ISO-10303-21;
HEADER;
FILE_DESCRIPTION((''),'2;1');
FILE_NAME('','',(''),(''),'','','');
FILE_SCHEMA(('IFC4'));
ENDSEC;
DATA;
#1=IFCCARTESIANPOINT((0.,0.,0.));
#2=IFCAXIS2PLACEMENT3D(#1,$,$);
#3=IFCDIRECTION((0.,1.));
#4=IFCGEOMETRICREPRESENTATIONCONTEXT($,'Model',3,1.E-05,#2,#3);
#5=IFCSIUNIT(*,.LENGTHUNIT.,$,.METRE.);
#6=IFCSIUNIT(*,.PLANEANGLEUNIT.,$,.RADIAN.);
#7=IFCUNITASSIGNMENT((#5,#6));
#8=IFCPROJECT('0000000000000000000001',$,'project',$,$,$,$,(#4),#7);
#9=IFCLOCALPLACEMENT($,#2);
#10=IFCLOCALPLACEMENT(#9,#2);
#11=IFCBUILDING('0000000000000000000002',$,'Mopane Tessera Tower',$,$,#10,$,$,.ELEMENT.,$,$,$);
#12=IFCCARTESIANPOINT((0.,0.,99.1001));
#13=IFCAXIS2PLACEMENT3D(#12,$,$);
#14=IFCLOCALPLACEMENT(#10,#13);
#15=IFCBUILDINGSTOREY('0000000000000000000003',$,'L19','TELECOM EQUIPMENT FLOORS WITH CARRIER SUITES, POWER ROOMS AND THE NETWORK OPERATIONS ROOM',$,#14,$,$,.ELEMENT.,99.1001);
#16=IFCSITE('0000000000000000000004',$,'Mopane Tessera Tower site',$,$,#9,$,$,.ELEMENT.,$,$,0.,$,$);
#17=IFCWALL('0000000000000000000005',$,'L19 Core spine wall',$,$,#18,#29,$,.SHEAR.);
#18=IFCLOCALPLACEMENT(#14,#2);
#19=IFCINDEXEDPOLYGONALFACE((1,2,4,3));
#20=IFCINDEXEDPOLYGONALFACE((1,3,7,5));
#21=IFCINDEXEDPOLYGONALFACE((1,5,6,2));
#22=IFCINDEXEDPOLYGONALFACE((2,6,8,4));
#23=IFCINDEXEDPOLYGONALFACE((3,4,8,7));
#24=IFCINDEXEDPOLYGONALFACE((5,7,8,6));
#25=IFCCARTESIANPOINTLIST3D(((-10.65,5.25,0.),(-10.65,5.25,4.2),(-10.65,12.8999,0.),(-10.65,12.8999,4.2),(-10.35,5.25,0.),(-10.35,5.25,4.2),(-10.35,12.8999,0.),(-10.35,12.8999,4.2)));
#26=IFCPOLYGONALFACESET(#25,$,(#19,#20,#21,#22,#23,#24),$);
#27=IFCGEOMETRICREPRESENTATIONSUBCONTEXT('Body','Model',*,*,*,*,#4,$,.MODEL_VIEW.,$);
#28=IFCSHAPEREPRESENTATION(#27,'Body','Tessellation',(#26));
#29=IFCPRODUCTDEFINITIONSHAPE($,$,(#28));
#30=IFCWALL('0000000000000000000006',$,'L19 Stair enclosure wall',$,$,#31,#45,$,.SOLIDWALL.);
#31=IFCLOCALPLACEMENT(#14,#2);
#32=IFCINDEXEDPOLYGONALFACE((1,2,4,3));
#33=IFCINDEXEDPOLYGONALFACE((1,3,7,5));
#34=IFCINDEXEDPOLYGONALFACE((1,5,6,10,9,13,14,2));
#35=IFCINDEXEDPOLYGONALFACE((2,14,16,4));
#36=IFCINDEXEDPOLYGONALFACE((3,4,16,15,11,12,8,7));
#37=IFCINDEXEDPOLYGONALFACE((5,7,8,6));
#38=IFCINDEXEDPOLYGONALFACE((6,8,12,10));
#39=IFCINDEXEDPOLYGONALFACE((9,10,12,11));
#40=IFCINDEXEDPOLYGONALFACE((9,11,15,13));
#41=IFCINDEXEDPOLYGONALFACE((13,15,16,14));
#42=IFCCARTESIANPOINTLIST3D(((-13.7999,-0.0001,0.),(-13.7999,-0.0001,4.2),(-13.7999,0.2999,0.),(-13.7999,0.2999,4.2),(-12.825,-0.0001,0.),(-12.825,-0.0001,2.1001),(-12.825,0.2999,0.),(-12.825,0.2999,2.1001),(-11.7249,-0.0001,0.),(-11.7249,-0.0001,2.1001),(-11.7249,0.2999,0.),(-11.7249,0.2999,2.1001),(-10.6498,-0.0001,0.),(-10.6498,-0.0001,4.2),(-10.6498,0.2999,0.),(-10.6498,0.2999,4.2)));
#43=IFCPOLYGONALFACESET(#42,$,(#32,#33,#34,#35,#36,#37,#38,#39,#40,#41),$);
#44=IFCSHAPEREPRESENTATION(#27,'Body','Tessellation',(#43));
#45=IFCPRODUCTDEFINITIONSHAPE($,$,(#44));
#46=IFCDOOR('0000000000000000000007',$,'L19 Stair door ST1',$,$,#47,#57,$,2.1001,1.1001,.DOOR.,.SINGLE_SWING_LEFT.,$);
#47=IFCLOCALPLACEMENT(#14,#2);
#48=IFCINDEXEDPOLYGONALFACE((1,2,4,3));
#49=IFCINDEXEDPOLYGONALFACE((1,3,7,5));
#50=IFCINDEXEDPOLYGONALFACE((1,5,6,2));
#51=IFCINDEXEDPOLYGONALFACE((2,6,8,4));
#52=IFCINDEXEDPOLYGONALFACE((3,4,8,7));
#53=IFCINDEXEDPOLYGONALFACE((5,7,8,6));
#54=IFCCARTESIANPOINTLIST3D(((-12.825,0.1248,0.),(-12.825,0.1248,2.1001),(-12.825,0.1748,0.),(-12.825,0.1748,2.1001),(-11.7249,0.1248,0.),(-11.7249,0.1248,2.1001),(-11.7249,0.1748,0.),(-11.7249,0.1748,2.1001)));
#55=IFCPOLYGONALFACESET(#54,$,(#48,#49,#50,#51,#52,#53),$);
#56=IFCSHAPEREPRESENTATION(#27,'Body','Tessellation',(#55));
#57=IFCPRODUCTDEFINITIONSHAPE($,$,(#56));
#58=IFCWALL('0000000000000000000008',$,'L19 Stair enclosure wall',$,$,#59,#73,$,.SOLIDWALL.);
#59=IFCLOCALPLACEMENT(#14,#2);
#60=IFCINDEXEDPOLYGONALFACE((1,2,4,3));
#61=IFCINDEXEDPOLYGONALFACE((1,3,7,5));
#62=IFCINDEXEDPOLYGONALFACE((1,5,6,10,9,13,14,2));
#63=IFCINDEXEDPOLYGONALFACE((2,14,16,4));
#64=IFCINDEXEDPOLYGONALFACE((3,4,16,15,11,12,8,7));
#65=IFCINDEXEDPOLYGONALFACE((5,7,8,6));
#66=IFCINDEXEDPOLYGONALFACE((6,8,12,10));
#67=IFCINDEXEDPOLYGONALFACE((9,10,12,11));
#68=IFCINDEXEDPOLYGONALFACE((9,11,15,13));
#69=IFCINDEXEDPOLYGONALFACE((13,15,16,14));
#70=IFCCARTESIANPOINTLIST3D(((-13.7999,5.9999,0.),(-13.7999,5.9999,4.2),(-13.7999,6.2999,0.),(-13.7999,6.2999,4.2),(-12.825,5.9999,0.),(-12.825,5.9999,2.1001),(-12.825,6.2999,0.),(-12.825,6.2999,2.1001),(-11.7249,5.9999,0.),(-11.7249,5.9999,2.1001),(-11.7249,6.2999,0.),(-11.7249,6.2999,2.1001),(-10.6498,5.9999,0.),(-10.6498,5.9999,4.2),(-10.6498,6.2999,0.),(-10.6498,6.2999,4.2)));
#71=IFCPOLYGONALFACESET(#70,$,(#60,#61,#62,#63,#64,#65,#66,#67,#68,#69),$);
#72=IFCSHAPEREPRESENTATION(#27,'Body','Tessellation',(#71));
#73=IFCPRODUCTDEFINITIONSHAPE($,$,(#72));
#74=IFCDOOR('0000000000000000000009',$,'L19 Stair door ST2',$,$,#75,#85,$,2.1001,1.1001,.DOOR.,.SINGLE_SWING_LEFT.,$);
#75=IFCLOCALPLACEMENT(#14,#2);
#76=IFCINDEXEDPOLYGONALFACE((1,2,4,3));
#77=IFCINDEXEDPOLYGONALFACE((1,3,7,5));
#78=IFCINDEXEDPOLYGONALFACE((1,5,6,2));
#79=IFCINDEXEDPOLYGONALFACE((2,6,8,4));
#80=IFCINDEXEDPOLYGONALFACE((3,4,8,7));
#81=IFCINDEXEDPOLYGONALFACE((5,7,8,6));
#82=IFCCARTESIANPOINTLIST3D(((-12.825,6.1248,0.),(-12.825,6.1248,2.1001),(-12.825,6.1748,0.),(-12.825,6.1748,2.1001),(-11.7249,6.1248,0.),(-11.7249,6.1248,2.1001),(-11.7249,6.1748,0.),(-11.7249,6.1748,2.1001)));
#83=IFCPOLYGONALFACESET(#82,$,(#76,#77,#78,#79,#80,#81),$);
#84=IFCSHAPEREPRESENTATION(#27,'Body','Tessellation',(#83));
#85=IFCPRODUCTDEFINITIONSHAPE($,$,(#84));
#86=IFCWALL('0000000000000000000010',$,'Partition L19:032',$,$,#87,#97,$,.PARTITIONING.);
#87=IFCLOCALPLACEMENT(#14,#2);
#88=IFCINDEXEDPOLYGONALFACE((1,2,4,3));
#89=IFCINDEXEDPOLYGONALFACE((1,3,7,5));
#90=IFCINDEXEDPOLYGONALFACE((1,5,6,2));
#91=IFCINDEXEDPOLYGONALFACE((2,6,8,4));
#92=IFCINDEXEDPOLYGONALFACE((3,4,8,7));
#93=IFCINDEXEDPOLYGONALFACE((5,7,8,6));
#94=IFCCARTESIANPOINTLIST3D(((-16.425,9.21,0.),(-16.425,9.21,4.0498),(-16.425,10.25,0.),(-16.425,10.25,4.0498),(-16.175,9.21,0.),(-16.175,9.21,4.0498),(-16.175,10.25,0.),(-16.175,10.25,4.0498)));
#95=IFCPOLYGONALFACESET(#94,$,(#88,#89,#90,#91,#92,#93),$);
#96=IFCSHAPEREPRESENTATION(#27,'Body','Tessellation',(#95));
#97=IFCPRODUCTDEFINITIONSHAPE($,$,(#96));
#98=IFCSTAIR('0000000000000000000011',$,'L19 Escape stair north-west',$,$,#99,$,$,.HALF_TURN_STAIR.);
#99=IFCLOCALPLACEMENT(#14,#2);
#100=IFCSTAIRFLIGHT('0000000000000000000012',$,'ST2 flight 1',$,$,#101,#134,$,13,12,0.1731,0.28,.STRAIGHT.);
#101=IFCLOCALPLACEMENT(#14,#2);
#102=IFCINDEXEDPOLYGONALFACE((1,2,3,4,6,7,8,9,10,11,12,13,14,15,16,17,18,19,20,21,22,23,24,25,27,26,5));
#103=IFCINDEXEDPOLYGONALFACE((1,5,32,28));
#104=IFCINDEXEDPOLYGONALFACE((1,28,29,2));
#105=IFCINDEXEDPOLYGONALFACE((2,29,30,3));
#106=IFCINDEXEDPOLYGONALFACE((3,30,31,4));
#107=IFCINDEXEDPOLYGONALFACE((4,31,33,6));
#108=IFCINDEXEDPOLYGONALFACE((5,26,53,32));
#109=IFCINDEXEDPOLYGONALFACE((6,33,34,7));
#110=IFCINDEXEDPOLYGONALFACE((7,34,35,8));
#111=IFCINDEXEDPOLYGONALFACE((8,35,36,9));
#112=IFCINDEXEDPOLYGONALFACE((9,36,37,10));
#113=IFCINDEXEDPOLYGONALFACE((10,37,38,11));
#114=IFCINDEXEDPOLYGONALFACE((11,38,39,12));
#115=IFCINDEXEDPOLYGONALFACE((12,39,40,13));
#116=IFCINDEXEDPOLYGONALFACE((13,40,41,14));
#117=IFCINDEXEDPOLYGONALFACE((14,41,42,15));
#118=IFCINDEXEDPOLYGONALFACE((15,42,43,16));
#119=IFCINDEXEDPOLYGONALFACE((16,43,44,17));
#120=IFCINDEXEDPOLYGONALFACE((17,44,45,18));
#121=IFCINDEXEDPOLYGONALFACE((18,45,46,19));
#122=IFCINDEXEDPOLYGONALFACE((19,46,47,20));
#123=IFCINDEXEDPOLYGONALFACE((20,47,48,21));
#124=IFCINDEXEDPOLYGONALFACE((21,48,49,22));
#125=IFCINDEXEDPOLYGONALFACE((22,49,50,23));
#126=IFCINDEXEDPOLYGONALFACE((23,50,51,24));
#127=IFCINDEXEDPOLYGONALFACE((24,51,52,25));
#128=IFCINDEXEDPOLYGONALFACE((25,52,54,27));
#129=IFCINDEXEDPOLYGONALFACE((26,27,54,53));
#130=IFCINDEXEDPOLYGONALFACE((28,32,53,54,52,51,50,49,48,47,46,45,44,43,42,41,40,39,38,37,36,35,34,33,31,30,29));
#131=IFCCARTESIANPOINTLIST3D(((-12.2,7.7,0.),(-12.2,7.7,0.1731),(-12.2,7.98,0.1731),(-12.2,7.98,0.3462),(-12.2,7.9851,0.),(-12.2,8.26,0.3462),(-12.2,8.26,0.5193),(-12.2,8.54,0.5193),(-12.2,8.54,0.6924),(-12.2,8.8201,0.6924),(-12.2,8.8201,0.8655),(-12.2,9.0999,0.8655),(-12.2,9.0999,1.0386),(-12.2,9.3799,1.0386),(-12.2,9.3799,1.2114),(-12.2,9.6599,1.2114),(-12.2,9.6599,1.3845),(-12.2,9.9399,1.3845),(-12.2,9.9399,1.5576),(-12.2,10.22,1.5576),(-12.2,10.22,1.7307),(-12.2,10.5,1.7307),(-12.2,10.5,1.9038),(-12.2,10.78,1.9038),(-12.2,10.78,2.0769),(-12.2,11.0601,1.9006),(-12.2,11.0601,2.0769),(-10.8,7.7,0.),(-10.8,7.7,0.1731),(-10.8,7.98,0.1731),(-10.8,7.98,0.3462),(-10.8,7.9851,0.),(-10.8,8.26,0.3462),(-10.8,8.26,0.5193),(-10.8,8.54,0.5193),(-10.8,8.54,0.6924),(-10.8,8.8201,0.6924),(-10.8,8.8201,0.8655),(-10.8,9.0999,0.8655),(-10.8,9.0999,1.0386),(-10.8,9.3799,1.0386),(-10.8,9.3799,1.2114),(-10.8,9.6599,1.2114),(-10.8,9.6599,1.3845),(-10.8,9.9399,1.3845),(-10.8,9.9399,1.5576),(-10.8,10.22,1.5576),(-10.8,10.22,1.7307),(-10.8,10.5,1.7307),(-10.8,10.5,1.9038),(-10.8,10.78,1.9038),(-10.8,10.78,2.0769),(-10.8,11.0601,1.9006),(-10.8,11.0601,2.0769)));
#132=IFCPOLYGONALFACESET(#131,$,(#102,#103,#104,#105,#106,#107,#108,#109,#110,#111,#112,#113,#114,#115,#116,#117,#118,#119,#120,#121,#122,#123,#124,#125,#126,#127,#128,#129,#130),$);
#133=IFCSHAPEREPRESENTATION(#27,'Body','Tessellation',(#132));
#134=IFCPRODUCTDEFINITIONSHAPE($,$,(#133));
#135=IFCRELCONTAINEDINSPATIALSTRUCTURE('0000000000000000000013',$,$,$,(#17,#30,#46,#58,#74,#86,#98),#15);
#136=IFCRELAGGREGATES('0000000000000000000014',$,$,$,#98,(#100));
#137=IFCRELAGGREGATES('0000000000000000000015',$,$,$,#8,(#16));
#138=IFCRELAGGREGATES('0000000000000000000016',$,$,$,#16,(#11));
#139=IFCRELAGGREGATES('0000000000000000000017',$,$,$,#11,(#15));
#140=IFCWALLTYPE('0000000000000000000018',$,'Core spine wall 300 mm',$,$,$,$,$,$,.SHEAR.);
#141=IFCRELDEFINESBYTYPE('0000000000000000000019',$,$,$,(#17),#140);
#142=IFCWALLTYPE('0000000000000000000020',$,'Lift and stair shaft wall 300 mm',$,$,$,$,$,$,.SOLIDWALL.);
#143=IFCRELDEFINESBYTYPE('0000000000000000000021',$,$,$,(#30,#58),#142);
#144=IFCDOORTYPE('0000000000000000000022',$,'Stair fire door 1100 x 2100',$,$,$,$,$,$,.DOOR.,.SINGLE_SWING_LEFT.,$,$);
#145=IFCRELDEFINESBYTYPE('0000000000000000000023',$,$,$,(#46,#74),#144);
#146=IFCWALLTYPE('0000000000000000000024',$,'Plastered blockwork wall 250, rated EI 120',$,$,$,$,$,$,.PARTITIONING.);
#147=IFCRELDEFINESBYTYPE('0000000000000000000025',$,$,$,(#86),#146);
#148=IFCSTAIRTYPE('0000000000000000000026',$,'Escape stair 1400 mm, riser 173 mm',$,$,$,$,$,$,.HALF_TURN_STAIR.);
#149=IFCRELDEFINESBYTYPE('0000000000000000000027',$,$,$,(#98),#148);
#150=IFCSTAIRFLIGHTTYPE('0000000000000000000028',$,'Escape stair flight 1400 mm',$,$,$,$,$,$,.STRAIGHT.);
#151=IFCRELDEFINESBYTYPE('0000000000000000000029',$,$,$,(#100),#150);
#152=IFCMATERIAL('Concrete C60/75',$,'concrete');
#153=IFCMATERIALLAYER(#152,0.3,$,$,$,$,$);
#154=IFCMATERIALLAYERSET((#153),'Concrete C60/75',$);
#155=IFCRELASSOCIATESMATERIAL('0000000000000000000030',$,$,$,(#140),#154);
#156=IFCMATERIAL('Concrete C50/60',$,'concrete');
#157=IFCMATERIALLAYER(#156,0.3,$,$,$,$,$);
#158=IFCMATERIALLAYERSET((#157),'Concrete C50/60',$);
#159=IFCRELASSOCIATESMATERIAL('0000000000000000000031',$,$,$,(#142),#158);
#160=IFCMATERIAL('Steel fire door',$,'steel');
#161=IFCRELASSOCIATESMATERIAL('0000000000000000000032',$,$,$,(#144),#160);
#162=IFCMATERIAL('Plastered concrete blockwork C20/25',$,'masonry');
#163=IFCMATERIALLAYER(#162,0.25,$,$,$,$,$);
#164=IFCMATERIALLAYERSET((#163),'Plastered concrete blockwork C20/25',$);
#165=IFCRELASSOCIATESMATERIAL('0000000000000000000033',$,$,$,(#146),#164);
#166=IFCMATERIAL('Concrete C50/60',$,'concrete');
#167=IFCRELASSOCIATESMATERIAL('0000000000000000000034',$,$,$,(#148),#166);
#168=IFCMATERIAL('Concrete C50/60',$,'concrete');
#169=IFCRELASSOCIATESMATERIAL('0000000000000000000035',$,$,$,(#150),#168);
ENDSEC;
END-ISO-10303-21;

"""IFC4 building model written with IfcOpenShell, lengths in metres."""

from ifc_helpers import new_model, si_unit, direction, frame, frame_2d, origin, place, context, subcontext, project, spatial, polyline, rectangle, outline, extrude, material, layer, layer_set, type_object, element, fill, aggregate, save


model = new_model("IFC4")

# Units and contexts
model_context = context("Model", 3, precision=1e-05, world=origin(), true_north=direction((0.0, 1.0)))
body_context = subcontext(model_context, "Body", "Model", "MODEL_VIEW")
ifc_project = project(units=[si_unit("LENGTHUNIT", "METRE"), si_unit("PLANEANGLEUNIT", "RADIAN")], contexts=[model_context])

# Site, building, storey
site_placement = place(None, origin())
site = spatial("IfcSite", under=ifc_project, at=site_placement, Name="Mopane Tessera Tower site", CompositionType="ELEMENT", RefElevation=0.0)
building_placement = place(site_placement, origin())
building = spatial("IfcBuilding", under=site, at=building_placement, Name="Mopane Tessera Tower", CompositionType="ELEMENT")
storey_placement = place(building_placement, frame((0.0, 0.0, 99.1001)))
storey = spatial("IfcBuildingStorey", under=building, at=storey_placement, Name="L19", Description="TELECOM EQUIPMENT FLOORS WITH CARRIER SUITES, POWER ROOMS AND THE NETWORK OPERATIONS ROOM", CompositionType="ELEMENT", Elevation=99.1001)

# Wall
ifc_material_1 = material(Name="Concrete C60/75", Category="concrete")
ifc_layer_1 = layer(ifc_material_1, 0.3)
ifc_layer_set_1 = layer_set([ifc_layer_1], Name="Concrete C60/75")
wall_type_1 = type_object("IfcWallType", Name="Core spine wall 300 mm", PredefinedType="SHEAR", material=ifc_layer_set_1)
wall_1_placement = place(storey_placement, frame((-10.5, 5.25, 0.0), z_axis=(0.0, 0.0, 1.0), x_axis=(0.0, 1.0, 0.0)))
element("IfcWall", 1, at=wall_1_placement, inside=storey, type_object=wall_type_1, Name="L19 Core spine wall", PredefinedType="SHEAR", context=body_context, shape_type="SweptSolid", body=[
    extrude(rectangle(XDim=7.6499, YDim=0.3, at=frame_2d((3.825, 0.0))), origin(), (0.0, 0.0, 1.0), 4.2),
])

# Walls, openings, doors
ifc_material_2 = material(Name="Concrete C50/60", Category="concrete")
ifc_layer_2 = layer(ifc_material_2, 0.3)
ifc_layer_set_2 = layer_set([ifc_layer_2], Name="Concrete C50/60")
wall_type_2 = type_object("IfcWallType", Name="Lift and stair shaft wall 300 mm", PredefinedType="SOLIDWALL", material=ifc_layer_set_2)
wall_2_placement = place(storey_placement, frame((-13.8, 0.1499, 0.0), z_axis=(0.0, 0.0, 1.0), x_axis=(1.0, 0.0, 0.0)))
wall_2 = element("IfcWall", 2, at=wall_2_placement, inside=storey, type_object=wall_type_2, Name="L19 Stair enclosure wall", PredefinedType="SOLIDWALL", context=body_context, shape_type="SweptSolid", body=[
    extrude(rectangle(XDim=3.1501, YDim=0.3, at=frame_2d((1.5752, 0.0))), origin(), (0.0, 0.0, 1.0), 4.2),
])
opening_1_placement = place(wall_2_placement, frame((0.9751, 0.0, 0.0)))
opening_1 = element("IfcOpeningElement", 3, at=opening_1_placement, cuts=wall_2, PredefinedType="OPENING", context=body_context, shape_type="SweptSolid", body=[
    extrude(rectangle(XDim=1.1001, YDim=2.1001, at=frame_2d((0.55, 1.05))), frame((0.0, 0.1621, 0.0), z_axis=(0.0, -1.0, 0.0), x_axis=(1.0, 0.0, 0.0)), (0.0, 0.0, 1.0), 0.324),
])
ifc_material_3 = material(Name="Steel fire door", Category="steel")
door_type = type_object("IfcDoorType", Name="Stair fire door 1100 x 2100", OperationType="SINGLE_SWING_LEFT", PredefinedType="DOOR", material=ifc_material_3)
door_1_placement = place(opening_1_placement, origin())
door_1 = element("IfcDoor", 4, at=door_1_placement, inside=storey, type_object=door_type, Name="L19 Stair door ST1", OperationType="SINGLE_SWING_LEFT", OverallHeight=2.1001, OverallWidth=1.1001, PredefinedType="DOOR", context=body_context, shape_type="SweptSolid", body=[
    extrude(rectangle(XDim=1.1001, YDim=2.1001, at=frame_2d((0.55, 1.05))), frame((0.0, 0.0249, 0.0), z_axis=(0.0, -1.0, 0.0), x_axis=(1.0, 0.0, 0.0)), (0.0, 0.0, 1.0), 0.05),
])
fill(opening_1, door_1)
wall_3_placement = place(storey_placement, frame((-13.8, 6.1499, 0.0), z_axis=(0.0, 0.0, 1.0), x_axis=(1.0, 0.0, 0.0)))
wall_3 = element("IfcWall", 5, at=wall_3_placement, inside=storey, type_object=wall_type_2, Name="L19 Stair enclosure wall", PredefinedType="SOLIDWALL", context=body_context, shape_type="SweptSolid", body=[
    extrude(rectangle(XDim=3.1501, YDim=0.3, at=frame_2d((1.5752, 0.0))), origin(), (0.0, 0.0, 1.0), 4.2),
])
opening_2_placement = place(wall_3_placement, frame((0.9751, 0.0, 0.0)))
opening_2 = element("IfcOpeningElement", 6, at=opening_2_placement, cuts=wall_3, PredefinedType="OPENING", context=body_context, shape_type="SweptSolid", body=[
    extrude(rectangle(XDim=1.1001, YDim=2.1001, at=frame_2d((0.55, 1.05))), frame((0.0, 0.1621, 0.0), z_axis=(0.0, -1.0, 0.0), x_axis=(1.0, 0.0, 0.0)), (0.0, 0.0, 1.0), 0.324),
])
door_2_placement = place(opening_2_placement, origin())
door_2 = element("IfcDoor", 7, at=door_2_placement, inside=storey, type_object=door_type, Name="L19 Stair door ST2", OperationType="SINGLE_SWING_LEFT", OverallHeight=2.1001, OverallWidth=1.1001, PredefinedType="DOOR", context=body_context, shape_type="SweptSolid", body=[
    extrude(rectangle(XDim=1.1001, YDim=2.1001, at=frame_2d((0.55, 1.05))), frame((0.0, 0.0249, 0.0), z_axis=(0.0, -1.0, 0.0), x_axis=(1.0, 0.0, 0.0)), (0.0, 0.0, 1.0), 0.05),
])
fill(opening_2, door_2)

# Wall
ifc_material_4 = material(Name="Plastered concrete blockwork C20/25", Category="masonry")
ifc_layer_3 = layer(ifc_material_4, 0.25)
ifc_layer_set_3 = layer_set([ifc_layer_3], Name="Plastered concrete blockwork C20/25")
wall_type_3 = type_object("IfcWallType", Name="Plastered blockwork wall 250, rated EI 120", PredefinedType="PARTITIONING", material=ifc_layer_set_3)
wall_4_placement = place(storey_placement, frame((-16.3, 9.21, 0.0), z_axis=(0.0, 0.0, 1.0), x_axis=(0.0, 1.0, 0.0)))
element("IfcWall", 8, at=wall_4_placement, inside=storey, type_object=wall_type_3, Name="Partition L19:032", PredefinedType="PARTITIONING", context=body_context, shape_type="SweptSolid", body=[
    extrude(rectangle(XDim=1.04, YDim=0.25, at=frame_2d((0.52, 0.0))), origin(), (0.0, 0.0, 1.0), 4.0498),
])

# Stair, stair flight
ifc_material_5 = material(Name="Concrete C50/60", Category="concrete")
stair_type = type_object("IfcStairType", Name="Escape stair 1400 mm, riser 173 mm", PredefinedType="HALF_TURN_STAIR", material=ifc_material_5)
stair_placement = place(storey_placement, origin())
stair = element("IfcStair", 9, at=stair_placement, inside=storey, type_object=stair_type, Name="L19 Escape stair north-west", PredefinedType="HALF_TURN_STAIR")
ifc_material_6 = material(Name="Concrete C50/60", Category="concrete")
stair_flight_type = type_object("IfcStairFlightType", Name="Escape stair flight 1400 mm", PredefinedType="STRAIGHT", material=ifc_material_6)
stair_flight_placement = place(storey_placement, frame((-11.5, 7.7, 0.0), z_axis=(0.0, 0.0, 1.0), x_axis=(0.0, 1.0, 0.0)))
stair_flight = element("IfcStairFlight", 10, at=stair_flight_placement, type_object=stair_flight_type, Name="ST2 flight 1", NumberOfRisers=13, NumberOfTreads=12, PredefinedType="STRAIGHT", RiserHeight=0.1731, TreadLength=0.28, context=body_context, shape_type="SweptSolid", body=[
    extrude(outline(polyline([(0.0, 0.0), (0.0, 0.1731), (0.28, 0.1731), (0.28, 0.3462), (0.5601, 0.3462), (0.5601, 0.5193), (0.8401, 0.5193), (0.8401, 0.6924), (1.1201, 0.6924), (1.1201, 0.8655), (1.3999, 0.8655), (1.3999, 1.0386), (1.6799, 1.0386), (1.6799, 1.2114), (1.96, 1.2114), (1.96, 1.3845), (2.24, 1.3845), (2.24, 1.5576), (2.52, 1.5576), (2.52, 1.7307), (2.8, 1.7307), (2.8, 1.9038), (3.0801, 1.9038), (3.0801, 2.0769), (3.3601, 2.0769), (3.3601, 2.25), (3.3601, 1.9006), (0.2852, 0.0), (0.0, 0.0)])), frame((0.0, 0.7, 0.0), z_axis=(0.0, -1.0, 0.0), x_axis=(1.0, 0.0, 0.0)), (0.0, 0.0, 1.0), 1.3999),
])
aggregate(stair, [stair_flight])

save(model, "model.ifc")
